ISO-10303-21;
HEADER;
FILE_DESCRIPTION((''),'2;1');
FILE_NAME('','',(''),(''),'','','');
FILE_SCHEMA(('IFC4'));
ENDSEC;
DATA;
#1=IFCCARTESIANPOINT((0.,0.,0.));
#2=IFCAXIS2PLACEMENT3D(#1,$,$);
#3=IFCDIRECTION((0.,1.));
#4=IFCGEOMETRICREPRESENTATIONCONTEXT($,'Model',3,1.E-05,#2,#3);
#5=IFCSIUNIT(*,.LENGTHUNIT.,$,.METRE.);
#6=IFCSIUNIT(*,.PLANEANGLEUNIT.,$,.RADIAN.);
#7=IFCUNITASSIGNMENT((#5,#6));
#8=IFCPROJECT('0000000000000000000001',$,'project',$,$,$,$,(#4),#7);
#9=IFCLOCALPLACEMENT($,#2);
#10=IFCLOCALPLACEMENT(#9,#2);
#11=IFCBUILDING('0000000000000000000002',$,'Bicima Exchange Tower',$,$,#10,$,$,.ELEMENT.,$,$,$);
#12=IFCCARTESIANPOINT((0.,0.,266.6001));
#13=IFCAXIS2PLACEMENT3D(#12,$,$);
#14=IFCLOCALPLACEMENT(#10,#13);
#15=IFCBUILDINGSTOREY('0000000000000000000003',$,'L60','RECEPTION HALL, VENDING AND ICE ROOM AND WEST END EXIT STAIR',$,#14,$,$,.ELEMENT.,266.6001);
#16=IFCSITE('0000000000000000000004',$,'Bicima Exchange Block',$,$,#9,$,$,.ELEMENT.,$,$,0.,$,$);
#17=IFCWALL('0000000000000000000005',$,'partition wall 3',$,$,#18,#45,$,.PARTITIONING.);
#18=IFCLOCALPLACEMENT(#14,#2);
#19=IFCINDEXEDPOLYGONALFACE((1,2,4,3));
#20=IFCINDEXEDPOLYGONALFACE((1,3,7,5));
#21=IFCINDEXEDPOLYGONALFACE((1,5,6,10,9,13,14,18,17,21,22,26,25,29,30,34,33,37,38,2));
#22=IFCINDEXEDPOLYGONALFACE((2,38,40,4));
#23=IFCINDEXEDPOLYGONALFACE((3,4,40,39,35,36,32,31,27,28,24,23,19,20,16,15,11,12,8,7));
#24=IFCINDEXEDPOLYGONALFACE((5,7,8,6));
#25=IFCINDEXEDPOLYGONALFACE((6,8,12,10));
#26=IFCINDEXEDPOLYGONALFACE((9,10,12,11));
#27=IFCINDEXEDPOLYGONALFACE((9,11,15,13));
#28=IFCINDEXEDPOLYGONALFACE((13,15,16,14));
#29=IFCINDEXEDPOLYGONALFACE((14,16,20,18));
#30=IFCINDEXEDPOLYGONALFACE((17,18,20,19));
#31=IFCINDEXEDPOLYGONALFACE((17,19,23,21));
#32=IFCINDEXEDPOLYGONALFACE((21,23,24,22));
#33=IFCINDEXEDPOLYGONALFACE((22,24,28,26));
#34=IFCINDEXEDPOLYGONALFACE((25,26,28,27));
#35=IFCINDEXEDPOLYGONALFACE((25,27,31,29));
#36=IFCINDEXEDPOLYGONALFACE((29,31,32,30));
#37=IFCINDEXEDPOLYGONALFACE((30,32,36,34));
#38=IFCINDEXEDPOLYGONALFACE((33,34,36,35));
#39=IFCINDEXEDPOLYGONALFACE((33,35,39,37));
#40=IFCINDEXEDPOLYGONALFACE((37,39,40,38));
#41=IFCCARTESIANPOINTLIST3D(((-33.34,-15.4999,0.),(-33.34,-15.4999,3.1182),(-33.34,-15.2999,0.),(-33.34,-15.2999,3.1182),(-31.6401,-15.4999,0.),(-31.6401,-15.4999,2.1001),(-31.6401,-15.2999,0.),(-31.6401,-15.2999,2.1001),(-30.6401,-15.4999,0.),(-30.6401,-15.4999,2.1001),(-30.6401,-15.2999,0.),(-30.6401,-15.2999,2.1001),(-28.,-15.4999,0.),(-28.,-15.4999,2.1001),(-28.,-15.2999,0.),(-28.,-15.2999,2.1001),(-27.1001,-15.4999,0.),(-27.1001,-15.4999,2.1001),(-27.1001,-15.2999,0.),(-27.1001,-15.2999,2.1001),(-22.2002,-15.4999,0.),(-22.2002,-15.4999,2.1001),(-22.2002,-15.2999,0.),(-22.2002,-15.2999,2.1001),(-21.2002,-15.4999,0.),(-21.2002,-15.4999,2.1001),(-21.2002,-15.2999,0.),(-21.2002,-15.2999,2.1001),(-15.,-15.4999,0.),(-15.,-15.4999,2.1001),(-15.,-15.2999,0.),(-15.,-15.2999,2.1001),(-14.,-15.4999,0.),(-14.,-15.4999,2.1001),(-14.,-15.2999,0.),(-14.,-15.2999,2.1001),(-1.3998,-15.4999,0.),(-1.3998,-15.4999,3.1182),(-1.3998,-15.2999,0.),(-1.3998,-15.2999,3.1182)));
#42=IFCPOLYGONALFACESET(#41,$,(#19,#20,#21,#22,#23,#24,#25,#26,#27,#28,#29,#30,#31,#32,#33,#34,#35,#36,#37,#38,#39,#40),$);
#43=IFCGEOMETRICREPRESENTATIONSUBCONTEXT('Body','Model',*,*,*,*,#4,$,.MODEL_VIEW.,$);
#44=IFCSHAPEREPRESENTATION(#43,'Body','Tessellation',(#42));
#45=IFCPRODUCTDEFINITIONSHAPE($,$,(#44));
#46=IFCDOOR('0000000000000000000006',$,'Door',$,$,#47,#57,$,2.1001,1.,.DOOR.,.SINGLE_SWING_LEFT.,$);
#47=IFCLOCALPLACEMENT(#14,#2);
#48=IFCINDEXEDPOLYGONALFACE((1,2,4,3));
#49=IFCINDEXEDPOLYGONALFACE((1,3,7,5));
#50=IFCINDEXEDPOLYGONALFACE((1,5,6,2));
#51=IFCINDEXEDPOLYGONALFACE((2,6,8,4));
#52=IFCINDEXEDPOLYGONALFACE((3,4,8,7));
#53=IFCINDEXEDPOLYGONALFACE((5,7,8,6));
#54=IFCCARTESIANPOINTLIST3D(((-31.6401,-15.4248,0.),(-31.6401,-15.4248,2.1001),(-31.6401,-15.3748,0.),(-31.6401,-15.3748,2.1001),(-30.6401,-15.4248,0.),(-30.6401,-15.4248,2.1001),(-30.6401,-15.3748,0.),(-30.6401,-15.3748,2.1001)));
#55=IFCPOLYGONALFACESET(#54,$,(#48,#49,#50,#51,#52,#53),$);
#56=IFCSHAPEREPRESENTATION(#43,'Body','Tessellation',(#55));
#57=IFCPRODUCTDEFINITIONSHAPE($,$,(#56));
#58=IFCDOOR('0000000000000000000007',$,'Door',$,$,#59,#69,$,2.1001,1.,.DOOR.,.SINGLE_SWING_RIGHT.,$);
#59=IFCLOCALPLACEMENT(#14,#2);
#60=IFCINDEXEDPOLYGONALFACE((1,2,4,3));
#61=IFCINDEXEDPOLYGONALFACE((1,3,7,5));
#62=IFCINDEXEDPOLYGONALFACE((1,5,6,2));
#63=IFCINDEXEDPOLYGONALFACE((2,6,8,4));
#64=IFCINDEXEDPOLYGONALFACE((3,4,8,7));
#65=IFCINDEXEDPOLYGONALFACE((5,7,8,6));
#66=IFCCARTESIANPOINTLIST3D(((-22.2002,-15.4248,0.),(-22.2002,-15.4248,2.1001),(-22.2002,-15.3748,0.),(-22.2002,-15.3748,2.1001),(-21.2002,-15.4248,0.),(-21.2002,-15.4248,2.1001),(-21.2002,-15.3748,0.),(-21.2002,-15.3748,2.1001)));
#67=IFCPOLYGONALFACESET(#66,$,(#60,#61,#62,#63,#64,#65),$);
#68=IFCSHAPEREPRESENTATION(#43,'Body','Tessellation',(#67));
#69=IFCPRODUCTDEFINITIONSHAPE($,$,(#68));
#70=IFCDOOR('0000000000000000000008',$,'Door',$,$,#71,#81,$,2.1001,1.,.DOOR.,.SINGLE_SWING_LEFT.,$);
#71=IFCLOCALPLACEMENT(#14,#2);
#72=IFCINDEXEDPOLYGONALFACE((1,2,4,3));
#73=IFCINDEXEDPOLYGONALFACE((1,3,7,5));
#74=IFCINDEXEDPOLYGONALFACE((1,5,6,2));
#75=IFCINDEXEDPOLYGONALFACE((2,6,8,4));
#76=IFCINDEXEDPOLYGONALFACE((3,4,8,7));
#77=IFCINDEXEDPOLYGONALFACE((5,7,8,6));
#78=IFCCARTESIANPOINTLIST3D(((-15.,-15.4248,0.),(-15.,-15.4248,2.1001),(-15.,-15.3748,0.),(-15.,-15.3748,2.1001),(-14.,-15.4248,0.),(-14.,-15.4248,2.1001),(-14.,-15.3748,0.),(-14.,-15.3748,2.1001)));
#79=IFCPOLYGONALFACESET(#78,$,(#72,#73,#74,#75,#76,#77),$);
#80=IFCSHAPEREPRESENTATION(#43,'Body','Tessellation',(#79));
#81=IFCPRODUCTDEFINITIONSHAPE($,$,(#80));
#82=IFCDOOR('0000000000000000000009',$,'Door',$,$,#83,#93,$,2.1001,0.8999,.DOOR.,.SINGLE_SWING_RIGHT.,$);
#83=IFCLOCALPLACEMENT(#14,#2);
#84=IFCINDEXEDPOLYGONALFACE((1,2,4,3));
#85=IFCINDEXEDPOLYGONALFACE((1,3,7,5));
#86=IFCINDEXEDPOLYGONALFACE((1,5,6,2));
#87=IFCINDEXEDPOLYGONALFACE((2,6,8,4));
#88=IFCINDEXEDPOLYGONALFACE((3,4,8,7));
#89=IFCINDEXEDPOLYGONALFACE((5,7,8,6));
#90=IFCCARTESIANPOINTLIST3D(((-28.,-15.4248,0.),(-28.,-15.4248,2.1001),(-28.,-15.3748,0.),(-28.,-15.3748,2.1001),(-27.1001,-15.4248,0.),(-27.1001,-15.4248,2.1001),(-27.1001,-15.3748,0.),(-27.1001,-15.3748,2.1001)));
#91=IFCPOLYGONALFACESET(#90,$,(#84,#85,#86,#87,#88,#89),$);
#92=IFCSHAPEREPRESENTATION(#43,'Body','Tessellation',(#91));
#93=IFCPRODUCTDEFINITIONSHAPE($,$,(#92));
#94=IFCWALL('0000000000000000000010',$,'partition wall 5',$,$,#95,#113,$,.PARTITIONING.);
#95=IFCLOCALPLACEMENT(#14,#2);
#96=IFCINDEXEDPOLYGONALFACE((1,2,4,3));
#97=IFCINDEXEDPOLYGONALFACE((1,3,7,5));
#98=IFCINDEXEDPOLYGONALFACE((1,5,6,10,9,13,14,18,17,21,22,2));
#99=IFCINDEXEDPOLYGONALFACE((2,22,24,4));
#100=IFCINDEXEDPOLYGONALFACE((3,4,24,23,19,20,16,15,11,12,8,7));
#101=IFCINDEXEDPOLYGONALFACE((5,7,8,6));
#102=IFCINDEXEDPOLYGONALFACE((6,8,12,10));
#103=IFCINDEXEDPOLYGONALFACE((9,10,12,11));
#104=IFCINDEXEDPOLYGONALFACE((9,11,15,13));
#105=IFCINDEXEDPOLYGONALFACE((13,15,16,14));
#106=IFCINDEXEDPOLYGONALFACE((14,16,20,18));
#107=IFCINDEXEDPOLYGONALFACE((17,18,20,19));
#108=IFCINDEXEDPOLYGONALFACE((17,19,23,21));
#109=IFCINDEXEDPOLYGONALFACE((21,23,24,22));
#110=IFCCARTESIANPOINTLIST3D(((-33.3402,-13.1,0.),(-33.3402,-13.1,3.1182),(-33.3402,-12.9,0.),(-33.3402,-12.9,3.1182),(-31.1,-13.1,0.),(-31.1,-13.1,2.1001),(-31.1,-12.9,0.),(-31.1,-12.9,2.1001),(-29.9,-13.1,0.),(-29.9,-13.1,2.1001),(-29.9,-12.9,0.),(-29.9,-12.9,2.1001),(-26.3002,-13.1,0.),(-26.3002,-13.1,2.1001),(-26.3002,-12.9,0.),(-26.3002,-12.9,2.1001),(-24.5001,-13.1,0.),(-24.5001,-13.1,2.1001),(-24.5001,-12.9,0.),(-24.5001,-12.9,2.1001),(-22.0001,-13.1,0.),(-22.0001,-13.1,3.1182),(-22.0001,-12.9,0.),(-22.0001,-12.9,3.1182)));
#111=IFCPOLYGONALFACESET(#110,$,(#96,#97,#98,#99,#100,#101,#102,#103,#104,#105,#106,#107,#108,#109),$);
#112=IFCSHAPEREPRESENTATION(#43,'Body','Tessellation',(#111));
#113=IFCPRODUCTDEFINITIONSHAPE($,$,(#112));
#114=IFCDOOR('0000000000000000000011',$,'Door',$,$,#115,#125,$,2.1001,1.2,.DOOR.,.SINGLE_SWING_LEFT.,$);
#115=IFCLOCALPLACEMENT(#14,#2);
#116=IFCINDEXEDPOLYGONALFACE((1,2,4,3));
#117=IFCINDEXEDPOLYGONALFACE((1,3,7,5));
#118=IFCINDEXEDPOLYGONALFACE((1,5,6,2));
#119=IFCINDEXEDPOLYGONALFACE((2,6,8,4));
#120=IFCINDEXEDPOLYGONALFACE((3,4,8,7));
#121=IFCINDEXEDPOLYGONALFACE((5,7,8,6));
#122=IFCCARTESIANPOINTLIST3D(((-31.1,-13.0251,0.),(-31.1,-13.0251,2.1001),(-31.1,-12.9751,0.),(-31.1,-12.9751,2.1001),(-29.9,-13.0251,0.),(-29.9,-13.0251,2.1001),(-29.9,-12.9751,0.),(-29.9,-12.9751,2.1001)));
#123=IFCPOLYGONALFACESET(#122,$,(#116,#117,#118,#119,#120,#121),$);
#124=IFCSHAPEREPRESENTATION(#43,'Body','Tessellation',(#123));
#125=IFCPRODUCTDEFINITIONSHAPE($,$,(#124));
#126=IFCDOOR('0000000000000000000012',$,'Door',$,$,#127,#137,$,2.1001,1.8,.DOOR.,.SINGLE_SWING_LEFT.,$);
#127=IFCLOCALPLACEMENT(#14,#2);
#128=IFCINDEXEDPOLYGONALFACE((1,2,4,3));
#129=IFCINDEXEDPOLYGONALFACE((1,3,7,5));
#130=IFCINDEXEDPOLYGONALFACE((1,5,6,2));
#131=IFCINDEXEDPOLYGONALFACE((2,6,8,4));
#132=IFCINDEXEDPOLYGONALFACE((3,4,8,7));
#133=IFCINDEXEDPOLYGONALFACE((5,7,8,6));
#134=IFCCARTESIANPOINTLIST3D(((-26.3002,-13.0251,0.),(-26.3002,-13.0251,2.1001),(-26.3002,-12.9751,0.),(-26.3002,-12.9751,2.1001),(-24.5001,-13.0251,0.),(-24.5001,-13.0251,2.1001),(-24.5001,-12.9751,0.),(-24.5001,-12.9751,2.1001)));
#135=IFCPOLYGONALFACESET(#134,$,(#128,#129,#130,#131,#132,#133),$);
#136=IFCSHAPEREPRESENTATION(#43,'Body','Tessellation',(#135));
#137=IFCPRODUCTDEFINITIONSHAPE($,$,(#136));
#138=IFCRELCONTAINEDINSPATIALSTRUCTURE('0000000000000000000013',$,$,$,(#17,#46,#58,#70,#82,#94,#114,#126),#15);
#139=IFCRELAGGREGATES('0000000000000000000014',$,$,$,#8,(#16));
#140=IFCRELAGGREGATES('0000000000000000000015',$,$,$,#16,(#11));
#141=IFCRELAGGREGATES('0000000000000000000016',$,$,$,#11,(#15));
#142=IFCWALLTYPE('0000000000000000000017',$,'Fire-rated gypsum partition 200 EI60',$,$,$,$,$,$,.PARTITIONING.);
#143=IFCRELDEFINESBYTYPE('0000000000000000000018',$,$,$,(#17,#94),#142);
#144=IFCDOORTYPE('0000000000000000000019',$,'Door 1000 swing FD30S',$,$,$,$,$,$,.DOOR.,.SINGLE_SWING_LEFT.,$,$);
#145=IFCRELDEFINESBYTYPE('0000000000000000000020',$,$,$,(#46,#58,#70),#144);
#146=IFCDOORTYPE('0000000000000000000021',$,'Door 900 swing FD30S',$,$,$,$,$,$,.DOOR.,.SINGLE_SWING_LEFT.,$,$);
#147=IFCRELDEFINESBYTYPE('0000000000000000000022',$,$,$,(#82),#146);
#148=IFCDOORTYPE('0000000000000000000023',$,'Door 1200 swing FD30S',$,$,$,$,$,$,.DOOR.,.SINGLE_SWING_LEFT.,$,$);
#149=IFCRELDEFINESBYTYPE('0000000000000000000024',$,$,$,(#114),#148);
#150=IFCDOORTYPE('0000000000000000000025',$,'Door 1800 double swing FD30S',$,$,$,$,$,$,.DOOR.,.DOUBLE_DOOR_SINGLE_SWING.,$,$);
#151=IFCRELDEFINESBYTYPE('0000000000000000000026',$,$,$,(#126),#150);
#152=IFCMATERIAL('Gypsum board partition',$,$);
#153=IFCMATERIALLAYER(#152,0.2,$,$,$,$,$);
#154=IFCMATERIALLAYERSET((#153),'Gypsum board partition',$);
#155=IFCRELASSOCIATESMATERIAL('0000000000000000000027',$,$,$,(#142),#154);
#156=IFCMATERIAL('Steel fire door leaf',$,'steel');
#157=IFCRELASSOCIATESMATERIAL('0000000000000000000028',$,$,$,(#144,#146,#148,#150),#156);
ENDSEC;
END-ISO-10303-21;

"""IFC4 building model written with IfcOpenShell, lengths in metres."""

from ifc_helpers import new_model, si_unit, direction, frame, frame_2d, origin, place, context, subcontext, project, spatial, rectangle, extrude, material, layer, layer_set, type_object, element, fill, save


model = new_model("IFC4")

# Units and contexts
model_context = context("Model", 3, precision=1e-05, world=origin(), true_north=direction((0.0, 1.0)))
body_context = subcontext(model_context, "Body", "Model", "MODEL_VIEW")
ifc_project = project(units=[si_unit("LENGTHUNIT", "METRE"), si_unit("PLANEANGLEUNIT", "RADIAN")], contexts=[model_context])

# Site, building, storey
site_placement = place(None, origin())
site = spatial("IfcSite", under=ifc_project, at=site_placement, Name="Bicima Exchange Block", CompositionType="ELEMENT", RefElevation=0.0)
building_placement = place(site_placement, origin())
building = spatial("IfcBuilding", under=site, at=building_placement, Name="Bicima Exchange Tower", CompositionType="ELEMENT")
storey_placement = place(building_placement, frame((0.0, 0.0, 266.6001)))
storey = spatial("IfcBuildingStorey", under=building, at=storey_placement, Name="L60", Description="RECEPTION HALL, VENDING AND ICE ROOM AND WEST END EXIT STAIR", CompositionType="ELEMENT", Elevation=266.6001)

# Walls, openings, doors
ifc_material_1 = material(Name="Gypsum board partition")
ifc_layer_1 = layer(ifc_material_1, 0.2)
ifc_layer_set_1 = layer_set([ifc_layer_1], Name="Gypsum board partition")
wall_type = type_object("IfcWallType", Name="Fire-rated gypsum partition 200 EI60", PredefinedType="PARTITIONING", material=ifc_layer_set_1)
wall_1_placement = place(storey_placement, frame((-33.3401, -15.3999, 0.0), z_axis=(0.0, 0.0, 1.0), x_axis=(1.0, 0.0, 0.0)))
wall_1 = element("IfcWall", 1, at=wall_1_placement, inside=storey, type_object=wall_type, Name="partition wall 3", PredefinedType="PARTITIONING", context=body_context, shape_type="SweptSolid", body=[
    extrude(rectangle(XDim=31.9402, YDim=0.2, at=frame_2d((15.9702, 0.0))), origin(), (0.0, 0.0, 1.0), 3.1182),
])
opening_1_placement = place(wall_1_placement, frame((1.7, 0.0, 0.0)))
opening_1 = element("IfcOpeningElement", 2, at=opening_1_placement, cuts=wall_1, PredefinedType="OPENING", context=body_context, shape_type="SweptSolid", body=[
    extrude(rectangle(XDim=1.0, YDim=2.1001, at=frame_2d((0.5, 1.05))), frame((0.0, 0.1118, 0.0), z_axis=(0.0, -1.0, 0.0), x_axis=(1.0, 0.0, 0.0)), (0.0, 0.0, 1.0), 0.2239),
])
opening_2_placement = place(wall_1_placement, frame((5.3401, 0.0, 0.0)))
opening_2 = element("IfcOpeningElement", 3, at=opening_2_placement, cuts=wall_1, PredefinedType="OPENING", context=body_context, shape_type="SweptSolid", body=[
    extrude(rectangle(XDim=0.8999, YDim=2.1001, at=frame_2d((0.45, 1.05))), frame((0.0, 0.1118, 0.0), z_axis=(0.0, -1.0, 0.0), x_axis=(1.0, 0.0, 0.0)), (0.0, 0.0, 1.0), 0.2239),
])
opening_3_placement = place(wall_1_placement, frame((11.1399, 0.0, 0.0)))
opening_3 = element("IfcOpeningElement", 4, at=opening_3_placement, cuts=wall_1, PredefinedType="OPENING", context=body_context, shape_type="SweptSolid", body=[
    extrude(rectangle(XDim=1.0, YDim=2.1001, at=frame_2d((0.5, 1.05))), frame((0.0, 0.1118, 0.0), z_axis=(0.0, -1.0, 0.0), x_axis=(1.0, 0.0, 0.0)), (0.0, 0.0, 1.0), 0.2239),
])
opening_4_placement = place(wall_1_placement, frame((18.3401, 0.0, 0.0)))
opening_4 = element("IfcOpeningElement", 5, at=opening_4_placement, cuts=wall_1, PredefinedType="OPENING", context=body_context, shape_type="SweptSolid", body=[
    extrude(rectangle(XDim=1.0, YDim=2.1001, at=frame_2d((0.5, 1.05))), frame((0.0, 0.1118, 0.0), z_axis=(0.0, -1.0, 0.0), x_axis=(1.0, 0.0, 0.0)), (0.0, 0.0, 1.0), 0.2239),
])
ifc_material_2 = material(Name="Steel fire door leaf", Category="steel")
door_type_1 = type_object("IfcDoorType", Name="Door 1000 swing FD30S", OperationType="SINGLE_SWING_LEFT", PredefinedType="DOOR", material=ifc_material_2)
door_1_placement = place(opening_1_placement, frame((1.0, 0.0, 0.0), z_axis=(0.0, 0.0, 1.0), x_axis=(-1.0, 0.0, 0.0)))
door_1 = element("IfcDoor", 6, at=door_1_placement, inside=storey, type_object=door_type_1, Name="Door", OperationType="SINGLE_SWING_LEFT", OverallHeight=2.1001, OverallWidth=1.0, PredefinedType="DOOR", context=body_context, shape_type="SweptSolid", body=[
    extrude(rectangle(XDim=1.0, YDim=2.1001, at=frame_2d((0.5, 1.05))), frame((0.0, 0.0249, 0.0), z_axis=(0.0, -1.0, 0.0), x_axis=(1.0, 0.0, 0.0)), (0.0, 0.0, 1.0), 0.05),
])
fill(opening_1, door_1)
door_2_placement = place(opening_3_placement, frame((1.0, 0.0, 0.0), z_axis=(0.0, 0.0, 1.0), x_axis=(-1.0, 0.0, 0.0)))
door_2 = element("IfcDoor", 7, at=door_2_placement, inside=storey, type_object=door_type_1, Name="Door", OperationType="SINGLE_SWING_RIGHT", OverallHeight=2.1001, OverallWidth=1.0, PredefinedType="DOOR", context=body_context, shape_type="SweptSolid", body=[
    extrude(rectangle(XDim=1.0, YDim=2.1001, at=frame_2d((0.5, 1.05))), frame((0.0, 0.0249, 0.0), z_axis=(0.0, -1.0, 0.0), x_axis=(1.0, 0.0, 0.0)), (0.0, 0.0, 1.0), 0.05),
])
fill(opening_3, door_2)
door_3_placement = place(opening_4_placement, frame((1.0, 0.0, 0.0), z_axis=(0.0, 0.0, 1.0), x_axis=(-1.0, 0.0, 0.0)))
door_3 = element("IfcDoor", 8, at=door_3_placement, inside=storey, type_object=door_type_1, Name="Door", OperationType="SINGLE_SWING_LEFT", OverallHeight=2.1001, OverallWidth=1.0, PredefinedType="DOOR", context=body_context, shape_type="SweptSolid", body=[
    extrude(rectangle(XDim=1.0, YDim=2.1001, at=frame_2d((0.5, 1.05))), frame((0.0, 0.0249, 0.0), z_axis=(0.0, -1.0, 0.0), x_axis=(1.0, 0.0, 0.0)), (0.0, 0.0, 1.0), 0.05),
])
fill(opening_4, door_3)
door_type_2 = type_object("IfcDoorType", Name="Door 900 swing FD30S", OperationType="SINGLE_SWING_LEFT", PredefinedType="DOOR", material=ifc_material_2)
door_4_placement = place(opening_2_placement, frame((0.8999, 0.0, 0.0), z_axis=(0.0, 0.0, 1.0), x_axis=(-1.0, 0.0, 0.0)))
door_4 = element("IfcDoor", 9, at=door_4_placement, inside=storey, type_object=door_type_2, Name="Door", OperationType="SINGLE_SWING_RIGHT", OverallHeight=2.1001, OverallWidth=0.8999, PredefinedType="DOOR", context=body_context, shape_type="SweptSolid", body=[
    extrude(rectangle(XDim=0.8999, YDim=2.1001, at=frame_2d((0.45, 1.05))), frame((0.0, 0.0249, 0.0), z_axis=(0.0, -1.0, 0.0), x_axis=(1.0, 0.0, 0.0)), (0.0, 0.0, 1.0), 0.05),
])
fill(opening_2, door_4)
wall_2_placement = place(storey_placement, frame((-33.3401, -13.0, 0.0), z_axis=(0.0, 0.0, 1.0), x_axis=(1.0, 0.0, 0.0)))
wall_2 = element("IfcWall", 10, at=wall_2_placement, inside=storey, type_object=wall_type, Name="partition wall 5", PredefinedType="PARTITIONING", context=body_context, shape_type="SweptSolid", body=[
    extrude(rectangle(XDim=11.3401, YDim=0.2, at=frame_2d((5.6699, 0.0))), origin(), (0.0, 0.0, 1.0), 3.1182),
])
opening_5_placement = place(wall_2_placement, frame((2.24, 0.0, 0.0)))
opening_5 = element("IfcOpeningElement", 11, at=opening_5_placement, cuts=wall_2, PredefinedType="OPENING", context=body_context, shape_type="SweptSolid", body=[
    extrude(rectangle(XDim=1.2, YDim=2.1001, at=frame_2d((0.6001, 1.05))), frame((0.0, 0.1118, 0.0), z_axis=(0.0, -1.0, 0.0), x_axis=(1.0, 0.0, 0.0)), (0.0, 0.0, 1.0), 0.2239),
])
opening_6_placement = place(wall_2_placement, frame((7.04, 0.0, 0.0)))
opening_6 = element("IfcOpeningElement", 12, at=opening_6_placement, cuts=wall_2, PredefinedType="OPENING", context=body_context, shape_type="SweptSolid", body=[
    extrude(rectangle(XDim=1.8, YDim=2.1001, at=frame_2d((0.8999, 1.05))), frame((0.0, 0.1118, 0.0), z_axis=(0.0, -1.0, 0.0), x_axis=(1.0, 0.0, 0.0)), (0.0, 0.0, 1.0), 0.2239),
])
door_type_3 = type_object("IfcDoorType", Name="Door 1200 swing FD30S", OperationType="SINGLE_SWING_LEFT", PredefinedType="DOOR", material=ifc_material_2)
door_5_placement = place(opening_5_placement, origin())
door_5 = element("IfcDoor", 13, at=door_5_placement, inside=storey, type_object=door_type_3, Name="Door", OperationType="SINGLE_SWING_LEFT", OverallHeight=2.1001, OverallWidth=1.2, PredefinedType="DOOR", context=body_context, shape_type="SweptSolid", body=[
    extrude(rectangle(XDim=1.2, YDim=2.1001, at=frame_2d((0.6001, 1.05))), frame((0.0, 0.0249, 0.0), z_axis=(0.0, -1.0, 0.0), x_axis=(1.0, 0.0, 0.0)), (0.0, 0.0, 1.0), 0.05),
])
fill(opening_5, door_5)
door_type_4 = type_object("IfcDoorType", Name="Door 1800 double swing FD30S", OperationType="DOUBLE_DOOR_SINGLE_SWING", PredefinedType="DOOR", material=ifc_material_2)
door_6_placement = place(opening_6_placement, origin())
door_6 = element("IfcDoor", 14, at=door_6_placement, inside=storey, type_object=door_type_4, Name="Door", OperationType="SINGLE_SWING_LEFT", OverallHeight=2.1001, OverallWidth=1.8, PredefinedType="DOOR", context=body_context, shape_type="SweptSolid", body=[
    extrude(rectangle(XDim=1.8, YDim=2.1001, at=frame_2d((0.8999, 1.05))), frame((0.0, 0.0249, 0.0), z_axis=(0.0, -1.0, 0.0), x_axis=(1.0, 0.0, 0.0)), (0.0, 0.0, 1.0), 0.05),
])
fill(opening_6, door_6)

save(model, "model.ifc")
